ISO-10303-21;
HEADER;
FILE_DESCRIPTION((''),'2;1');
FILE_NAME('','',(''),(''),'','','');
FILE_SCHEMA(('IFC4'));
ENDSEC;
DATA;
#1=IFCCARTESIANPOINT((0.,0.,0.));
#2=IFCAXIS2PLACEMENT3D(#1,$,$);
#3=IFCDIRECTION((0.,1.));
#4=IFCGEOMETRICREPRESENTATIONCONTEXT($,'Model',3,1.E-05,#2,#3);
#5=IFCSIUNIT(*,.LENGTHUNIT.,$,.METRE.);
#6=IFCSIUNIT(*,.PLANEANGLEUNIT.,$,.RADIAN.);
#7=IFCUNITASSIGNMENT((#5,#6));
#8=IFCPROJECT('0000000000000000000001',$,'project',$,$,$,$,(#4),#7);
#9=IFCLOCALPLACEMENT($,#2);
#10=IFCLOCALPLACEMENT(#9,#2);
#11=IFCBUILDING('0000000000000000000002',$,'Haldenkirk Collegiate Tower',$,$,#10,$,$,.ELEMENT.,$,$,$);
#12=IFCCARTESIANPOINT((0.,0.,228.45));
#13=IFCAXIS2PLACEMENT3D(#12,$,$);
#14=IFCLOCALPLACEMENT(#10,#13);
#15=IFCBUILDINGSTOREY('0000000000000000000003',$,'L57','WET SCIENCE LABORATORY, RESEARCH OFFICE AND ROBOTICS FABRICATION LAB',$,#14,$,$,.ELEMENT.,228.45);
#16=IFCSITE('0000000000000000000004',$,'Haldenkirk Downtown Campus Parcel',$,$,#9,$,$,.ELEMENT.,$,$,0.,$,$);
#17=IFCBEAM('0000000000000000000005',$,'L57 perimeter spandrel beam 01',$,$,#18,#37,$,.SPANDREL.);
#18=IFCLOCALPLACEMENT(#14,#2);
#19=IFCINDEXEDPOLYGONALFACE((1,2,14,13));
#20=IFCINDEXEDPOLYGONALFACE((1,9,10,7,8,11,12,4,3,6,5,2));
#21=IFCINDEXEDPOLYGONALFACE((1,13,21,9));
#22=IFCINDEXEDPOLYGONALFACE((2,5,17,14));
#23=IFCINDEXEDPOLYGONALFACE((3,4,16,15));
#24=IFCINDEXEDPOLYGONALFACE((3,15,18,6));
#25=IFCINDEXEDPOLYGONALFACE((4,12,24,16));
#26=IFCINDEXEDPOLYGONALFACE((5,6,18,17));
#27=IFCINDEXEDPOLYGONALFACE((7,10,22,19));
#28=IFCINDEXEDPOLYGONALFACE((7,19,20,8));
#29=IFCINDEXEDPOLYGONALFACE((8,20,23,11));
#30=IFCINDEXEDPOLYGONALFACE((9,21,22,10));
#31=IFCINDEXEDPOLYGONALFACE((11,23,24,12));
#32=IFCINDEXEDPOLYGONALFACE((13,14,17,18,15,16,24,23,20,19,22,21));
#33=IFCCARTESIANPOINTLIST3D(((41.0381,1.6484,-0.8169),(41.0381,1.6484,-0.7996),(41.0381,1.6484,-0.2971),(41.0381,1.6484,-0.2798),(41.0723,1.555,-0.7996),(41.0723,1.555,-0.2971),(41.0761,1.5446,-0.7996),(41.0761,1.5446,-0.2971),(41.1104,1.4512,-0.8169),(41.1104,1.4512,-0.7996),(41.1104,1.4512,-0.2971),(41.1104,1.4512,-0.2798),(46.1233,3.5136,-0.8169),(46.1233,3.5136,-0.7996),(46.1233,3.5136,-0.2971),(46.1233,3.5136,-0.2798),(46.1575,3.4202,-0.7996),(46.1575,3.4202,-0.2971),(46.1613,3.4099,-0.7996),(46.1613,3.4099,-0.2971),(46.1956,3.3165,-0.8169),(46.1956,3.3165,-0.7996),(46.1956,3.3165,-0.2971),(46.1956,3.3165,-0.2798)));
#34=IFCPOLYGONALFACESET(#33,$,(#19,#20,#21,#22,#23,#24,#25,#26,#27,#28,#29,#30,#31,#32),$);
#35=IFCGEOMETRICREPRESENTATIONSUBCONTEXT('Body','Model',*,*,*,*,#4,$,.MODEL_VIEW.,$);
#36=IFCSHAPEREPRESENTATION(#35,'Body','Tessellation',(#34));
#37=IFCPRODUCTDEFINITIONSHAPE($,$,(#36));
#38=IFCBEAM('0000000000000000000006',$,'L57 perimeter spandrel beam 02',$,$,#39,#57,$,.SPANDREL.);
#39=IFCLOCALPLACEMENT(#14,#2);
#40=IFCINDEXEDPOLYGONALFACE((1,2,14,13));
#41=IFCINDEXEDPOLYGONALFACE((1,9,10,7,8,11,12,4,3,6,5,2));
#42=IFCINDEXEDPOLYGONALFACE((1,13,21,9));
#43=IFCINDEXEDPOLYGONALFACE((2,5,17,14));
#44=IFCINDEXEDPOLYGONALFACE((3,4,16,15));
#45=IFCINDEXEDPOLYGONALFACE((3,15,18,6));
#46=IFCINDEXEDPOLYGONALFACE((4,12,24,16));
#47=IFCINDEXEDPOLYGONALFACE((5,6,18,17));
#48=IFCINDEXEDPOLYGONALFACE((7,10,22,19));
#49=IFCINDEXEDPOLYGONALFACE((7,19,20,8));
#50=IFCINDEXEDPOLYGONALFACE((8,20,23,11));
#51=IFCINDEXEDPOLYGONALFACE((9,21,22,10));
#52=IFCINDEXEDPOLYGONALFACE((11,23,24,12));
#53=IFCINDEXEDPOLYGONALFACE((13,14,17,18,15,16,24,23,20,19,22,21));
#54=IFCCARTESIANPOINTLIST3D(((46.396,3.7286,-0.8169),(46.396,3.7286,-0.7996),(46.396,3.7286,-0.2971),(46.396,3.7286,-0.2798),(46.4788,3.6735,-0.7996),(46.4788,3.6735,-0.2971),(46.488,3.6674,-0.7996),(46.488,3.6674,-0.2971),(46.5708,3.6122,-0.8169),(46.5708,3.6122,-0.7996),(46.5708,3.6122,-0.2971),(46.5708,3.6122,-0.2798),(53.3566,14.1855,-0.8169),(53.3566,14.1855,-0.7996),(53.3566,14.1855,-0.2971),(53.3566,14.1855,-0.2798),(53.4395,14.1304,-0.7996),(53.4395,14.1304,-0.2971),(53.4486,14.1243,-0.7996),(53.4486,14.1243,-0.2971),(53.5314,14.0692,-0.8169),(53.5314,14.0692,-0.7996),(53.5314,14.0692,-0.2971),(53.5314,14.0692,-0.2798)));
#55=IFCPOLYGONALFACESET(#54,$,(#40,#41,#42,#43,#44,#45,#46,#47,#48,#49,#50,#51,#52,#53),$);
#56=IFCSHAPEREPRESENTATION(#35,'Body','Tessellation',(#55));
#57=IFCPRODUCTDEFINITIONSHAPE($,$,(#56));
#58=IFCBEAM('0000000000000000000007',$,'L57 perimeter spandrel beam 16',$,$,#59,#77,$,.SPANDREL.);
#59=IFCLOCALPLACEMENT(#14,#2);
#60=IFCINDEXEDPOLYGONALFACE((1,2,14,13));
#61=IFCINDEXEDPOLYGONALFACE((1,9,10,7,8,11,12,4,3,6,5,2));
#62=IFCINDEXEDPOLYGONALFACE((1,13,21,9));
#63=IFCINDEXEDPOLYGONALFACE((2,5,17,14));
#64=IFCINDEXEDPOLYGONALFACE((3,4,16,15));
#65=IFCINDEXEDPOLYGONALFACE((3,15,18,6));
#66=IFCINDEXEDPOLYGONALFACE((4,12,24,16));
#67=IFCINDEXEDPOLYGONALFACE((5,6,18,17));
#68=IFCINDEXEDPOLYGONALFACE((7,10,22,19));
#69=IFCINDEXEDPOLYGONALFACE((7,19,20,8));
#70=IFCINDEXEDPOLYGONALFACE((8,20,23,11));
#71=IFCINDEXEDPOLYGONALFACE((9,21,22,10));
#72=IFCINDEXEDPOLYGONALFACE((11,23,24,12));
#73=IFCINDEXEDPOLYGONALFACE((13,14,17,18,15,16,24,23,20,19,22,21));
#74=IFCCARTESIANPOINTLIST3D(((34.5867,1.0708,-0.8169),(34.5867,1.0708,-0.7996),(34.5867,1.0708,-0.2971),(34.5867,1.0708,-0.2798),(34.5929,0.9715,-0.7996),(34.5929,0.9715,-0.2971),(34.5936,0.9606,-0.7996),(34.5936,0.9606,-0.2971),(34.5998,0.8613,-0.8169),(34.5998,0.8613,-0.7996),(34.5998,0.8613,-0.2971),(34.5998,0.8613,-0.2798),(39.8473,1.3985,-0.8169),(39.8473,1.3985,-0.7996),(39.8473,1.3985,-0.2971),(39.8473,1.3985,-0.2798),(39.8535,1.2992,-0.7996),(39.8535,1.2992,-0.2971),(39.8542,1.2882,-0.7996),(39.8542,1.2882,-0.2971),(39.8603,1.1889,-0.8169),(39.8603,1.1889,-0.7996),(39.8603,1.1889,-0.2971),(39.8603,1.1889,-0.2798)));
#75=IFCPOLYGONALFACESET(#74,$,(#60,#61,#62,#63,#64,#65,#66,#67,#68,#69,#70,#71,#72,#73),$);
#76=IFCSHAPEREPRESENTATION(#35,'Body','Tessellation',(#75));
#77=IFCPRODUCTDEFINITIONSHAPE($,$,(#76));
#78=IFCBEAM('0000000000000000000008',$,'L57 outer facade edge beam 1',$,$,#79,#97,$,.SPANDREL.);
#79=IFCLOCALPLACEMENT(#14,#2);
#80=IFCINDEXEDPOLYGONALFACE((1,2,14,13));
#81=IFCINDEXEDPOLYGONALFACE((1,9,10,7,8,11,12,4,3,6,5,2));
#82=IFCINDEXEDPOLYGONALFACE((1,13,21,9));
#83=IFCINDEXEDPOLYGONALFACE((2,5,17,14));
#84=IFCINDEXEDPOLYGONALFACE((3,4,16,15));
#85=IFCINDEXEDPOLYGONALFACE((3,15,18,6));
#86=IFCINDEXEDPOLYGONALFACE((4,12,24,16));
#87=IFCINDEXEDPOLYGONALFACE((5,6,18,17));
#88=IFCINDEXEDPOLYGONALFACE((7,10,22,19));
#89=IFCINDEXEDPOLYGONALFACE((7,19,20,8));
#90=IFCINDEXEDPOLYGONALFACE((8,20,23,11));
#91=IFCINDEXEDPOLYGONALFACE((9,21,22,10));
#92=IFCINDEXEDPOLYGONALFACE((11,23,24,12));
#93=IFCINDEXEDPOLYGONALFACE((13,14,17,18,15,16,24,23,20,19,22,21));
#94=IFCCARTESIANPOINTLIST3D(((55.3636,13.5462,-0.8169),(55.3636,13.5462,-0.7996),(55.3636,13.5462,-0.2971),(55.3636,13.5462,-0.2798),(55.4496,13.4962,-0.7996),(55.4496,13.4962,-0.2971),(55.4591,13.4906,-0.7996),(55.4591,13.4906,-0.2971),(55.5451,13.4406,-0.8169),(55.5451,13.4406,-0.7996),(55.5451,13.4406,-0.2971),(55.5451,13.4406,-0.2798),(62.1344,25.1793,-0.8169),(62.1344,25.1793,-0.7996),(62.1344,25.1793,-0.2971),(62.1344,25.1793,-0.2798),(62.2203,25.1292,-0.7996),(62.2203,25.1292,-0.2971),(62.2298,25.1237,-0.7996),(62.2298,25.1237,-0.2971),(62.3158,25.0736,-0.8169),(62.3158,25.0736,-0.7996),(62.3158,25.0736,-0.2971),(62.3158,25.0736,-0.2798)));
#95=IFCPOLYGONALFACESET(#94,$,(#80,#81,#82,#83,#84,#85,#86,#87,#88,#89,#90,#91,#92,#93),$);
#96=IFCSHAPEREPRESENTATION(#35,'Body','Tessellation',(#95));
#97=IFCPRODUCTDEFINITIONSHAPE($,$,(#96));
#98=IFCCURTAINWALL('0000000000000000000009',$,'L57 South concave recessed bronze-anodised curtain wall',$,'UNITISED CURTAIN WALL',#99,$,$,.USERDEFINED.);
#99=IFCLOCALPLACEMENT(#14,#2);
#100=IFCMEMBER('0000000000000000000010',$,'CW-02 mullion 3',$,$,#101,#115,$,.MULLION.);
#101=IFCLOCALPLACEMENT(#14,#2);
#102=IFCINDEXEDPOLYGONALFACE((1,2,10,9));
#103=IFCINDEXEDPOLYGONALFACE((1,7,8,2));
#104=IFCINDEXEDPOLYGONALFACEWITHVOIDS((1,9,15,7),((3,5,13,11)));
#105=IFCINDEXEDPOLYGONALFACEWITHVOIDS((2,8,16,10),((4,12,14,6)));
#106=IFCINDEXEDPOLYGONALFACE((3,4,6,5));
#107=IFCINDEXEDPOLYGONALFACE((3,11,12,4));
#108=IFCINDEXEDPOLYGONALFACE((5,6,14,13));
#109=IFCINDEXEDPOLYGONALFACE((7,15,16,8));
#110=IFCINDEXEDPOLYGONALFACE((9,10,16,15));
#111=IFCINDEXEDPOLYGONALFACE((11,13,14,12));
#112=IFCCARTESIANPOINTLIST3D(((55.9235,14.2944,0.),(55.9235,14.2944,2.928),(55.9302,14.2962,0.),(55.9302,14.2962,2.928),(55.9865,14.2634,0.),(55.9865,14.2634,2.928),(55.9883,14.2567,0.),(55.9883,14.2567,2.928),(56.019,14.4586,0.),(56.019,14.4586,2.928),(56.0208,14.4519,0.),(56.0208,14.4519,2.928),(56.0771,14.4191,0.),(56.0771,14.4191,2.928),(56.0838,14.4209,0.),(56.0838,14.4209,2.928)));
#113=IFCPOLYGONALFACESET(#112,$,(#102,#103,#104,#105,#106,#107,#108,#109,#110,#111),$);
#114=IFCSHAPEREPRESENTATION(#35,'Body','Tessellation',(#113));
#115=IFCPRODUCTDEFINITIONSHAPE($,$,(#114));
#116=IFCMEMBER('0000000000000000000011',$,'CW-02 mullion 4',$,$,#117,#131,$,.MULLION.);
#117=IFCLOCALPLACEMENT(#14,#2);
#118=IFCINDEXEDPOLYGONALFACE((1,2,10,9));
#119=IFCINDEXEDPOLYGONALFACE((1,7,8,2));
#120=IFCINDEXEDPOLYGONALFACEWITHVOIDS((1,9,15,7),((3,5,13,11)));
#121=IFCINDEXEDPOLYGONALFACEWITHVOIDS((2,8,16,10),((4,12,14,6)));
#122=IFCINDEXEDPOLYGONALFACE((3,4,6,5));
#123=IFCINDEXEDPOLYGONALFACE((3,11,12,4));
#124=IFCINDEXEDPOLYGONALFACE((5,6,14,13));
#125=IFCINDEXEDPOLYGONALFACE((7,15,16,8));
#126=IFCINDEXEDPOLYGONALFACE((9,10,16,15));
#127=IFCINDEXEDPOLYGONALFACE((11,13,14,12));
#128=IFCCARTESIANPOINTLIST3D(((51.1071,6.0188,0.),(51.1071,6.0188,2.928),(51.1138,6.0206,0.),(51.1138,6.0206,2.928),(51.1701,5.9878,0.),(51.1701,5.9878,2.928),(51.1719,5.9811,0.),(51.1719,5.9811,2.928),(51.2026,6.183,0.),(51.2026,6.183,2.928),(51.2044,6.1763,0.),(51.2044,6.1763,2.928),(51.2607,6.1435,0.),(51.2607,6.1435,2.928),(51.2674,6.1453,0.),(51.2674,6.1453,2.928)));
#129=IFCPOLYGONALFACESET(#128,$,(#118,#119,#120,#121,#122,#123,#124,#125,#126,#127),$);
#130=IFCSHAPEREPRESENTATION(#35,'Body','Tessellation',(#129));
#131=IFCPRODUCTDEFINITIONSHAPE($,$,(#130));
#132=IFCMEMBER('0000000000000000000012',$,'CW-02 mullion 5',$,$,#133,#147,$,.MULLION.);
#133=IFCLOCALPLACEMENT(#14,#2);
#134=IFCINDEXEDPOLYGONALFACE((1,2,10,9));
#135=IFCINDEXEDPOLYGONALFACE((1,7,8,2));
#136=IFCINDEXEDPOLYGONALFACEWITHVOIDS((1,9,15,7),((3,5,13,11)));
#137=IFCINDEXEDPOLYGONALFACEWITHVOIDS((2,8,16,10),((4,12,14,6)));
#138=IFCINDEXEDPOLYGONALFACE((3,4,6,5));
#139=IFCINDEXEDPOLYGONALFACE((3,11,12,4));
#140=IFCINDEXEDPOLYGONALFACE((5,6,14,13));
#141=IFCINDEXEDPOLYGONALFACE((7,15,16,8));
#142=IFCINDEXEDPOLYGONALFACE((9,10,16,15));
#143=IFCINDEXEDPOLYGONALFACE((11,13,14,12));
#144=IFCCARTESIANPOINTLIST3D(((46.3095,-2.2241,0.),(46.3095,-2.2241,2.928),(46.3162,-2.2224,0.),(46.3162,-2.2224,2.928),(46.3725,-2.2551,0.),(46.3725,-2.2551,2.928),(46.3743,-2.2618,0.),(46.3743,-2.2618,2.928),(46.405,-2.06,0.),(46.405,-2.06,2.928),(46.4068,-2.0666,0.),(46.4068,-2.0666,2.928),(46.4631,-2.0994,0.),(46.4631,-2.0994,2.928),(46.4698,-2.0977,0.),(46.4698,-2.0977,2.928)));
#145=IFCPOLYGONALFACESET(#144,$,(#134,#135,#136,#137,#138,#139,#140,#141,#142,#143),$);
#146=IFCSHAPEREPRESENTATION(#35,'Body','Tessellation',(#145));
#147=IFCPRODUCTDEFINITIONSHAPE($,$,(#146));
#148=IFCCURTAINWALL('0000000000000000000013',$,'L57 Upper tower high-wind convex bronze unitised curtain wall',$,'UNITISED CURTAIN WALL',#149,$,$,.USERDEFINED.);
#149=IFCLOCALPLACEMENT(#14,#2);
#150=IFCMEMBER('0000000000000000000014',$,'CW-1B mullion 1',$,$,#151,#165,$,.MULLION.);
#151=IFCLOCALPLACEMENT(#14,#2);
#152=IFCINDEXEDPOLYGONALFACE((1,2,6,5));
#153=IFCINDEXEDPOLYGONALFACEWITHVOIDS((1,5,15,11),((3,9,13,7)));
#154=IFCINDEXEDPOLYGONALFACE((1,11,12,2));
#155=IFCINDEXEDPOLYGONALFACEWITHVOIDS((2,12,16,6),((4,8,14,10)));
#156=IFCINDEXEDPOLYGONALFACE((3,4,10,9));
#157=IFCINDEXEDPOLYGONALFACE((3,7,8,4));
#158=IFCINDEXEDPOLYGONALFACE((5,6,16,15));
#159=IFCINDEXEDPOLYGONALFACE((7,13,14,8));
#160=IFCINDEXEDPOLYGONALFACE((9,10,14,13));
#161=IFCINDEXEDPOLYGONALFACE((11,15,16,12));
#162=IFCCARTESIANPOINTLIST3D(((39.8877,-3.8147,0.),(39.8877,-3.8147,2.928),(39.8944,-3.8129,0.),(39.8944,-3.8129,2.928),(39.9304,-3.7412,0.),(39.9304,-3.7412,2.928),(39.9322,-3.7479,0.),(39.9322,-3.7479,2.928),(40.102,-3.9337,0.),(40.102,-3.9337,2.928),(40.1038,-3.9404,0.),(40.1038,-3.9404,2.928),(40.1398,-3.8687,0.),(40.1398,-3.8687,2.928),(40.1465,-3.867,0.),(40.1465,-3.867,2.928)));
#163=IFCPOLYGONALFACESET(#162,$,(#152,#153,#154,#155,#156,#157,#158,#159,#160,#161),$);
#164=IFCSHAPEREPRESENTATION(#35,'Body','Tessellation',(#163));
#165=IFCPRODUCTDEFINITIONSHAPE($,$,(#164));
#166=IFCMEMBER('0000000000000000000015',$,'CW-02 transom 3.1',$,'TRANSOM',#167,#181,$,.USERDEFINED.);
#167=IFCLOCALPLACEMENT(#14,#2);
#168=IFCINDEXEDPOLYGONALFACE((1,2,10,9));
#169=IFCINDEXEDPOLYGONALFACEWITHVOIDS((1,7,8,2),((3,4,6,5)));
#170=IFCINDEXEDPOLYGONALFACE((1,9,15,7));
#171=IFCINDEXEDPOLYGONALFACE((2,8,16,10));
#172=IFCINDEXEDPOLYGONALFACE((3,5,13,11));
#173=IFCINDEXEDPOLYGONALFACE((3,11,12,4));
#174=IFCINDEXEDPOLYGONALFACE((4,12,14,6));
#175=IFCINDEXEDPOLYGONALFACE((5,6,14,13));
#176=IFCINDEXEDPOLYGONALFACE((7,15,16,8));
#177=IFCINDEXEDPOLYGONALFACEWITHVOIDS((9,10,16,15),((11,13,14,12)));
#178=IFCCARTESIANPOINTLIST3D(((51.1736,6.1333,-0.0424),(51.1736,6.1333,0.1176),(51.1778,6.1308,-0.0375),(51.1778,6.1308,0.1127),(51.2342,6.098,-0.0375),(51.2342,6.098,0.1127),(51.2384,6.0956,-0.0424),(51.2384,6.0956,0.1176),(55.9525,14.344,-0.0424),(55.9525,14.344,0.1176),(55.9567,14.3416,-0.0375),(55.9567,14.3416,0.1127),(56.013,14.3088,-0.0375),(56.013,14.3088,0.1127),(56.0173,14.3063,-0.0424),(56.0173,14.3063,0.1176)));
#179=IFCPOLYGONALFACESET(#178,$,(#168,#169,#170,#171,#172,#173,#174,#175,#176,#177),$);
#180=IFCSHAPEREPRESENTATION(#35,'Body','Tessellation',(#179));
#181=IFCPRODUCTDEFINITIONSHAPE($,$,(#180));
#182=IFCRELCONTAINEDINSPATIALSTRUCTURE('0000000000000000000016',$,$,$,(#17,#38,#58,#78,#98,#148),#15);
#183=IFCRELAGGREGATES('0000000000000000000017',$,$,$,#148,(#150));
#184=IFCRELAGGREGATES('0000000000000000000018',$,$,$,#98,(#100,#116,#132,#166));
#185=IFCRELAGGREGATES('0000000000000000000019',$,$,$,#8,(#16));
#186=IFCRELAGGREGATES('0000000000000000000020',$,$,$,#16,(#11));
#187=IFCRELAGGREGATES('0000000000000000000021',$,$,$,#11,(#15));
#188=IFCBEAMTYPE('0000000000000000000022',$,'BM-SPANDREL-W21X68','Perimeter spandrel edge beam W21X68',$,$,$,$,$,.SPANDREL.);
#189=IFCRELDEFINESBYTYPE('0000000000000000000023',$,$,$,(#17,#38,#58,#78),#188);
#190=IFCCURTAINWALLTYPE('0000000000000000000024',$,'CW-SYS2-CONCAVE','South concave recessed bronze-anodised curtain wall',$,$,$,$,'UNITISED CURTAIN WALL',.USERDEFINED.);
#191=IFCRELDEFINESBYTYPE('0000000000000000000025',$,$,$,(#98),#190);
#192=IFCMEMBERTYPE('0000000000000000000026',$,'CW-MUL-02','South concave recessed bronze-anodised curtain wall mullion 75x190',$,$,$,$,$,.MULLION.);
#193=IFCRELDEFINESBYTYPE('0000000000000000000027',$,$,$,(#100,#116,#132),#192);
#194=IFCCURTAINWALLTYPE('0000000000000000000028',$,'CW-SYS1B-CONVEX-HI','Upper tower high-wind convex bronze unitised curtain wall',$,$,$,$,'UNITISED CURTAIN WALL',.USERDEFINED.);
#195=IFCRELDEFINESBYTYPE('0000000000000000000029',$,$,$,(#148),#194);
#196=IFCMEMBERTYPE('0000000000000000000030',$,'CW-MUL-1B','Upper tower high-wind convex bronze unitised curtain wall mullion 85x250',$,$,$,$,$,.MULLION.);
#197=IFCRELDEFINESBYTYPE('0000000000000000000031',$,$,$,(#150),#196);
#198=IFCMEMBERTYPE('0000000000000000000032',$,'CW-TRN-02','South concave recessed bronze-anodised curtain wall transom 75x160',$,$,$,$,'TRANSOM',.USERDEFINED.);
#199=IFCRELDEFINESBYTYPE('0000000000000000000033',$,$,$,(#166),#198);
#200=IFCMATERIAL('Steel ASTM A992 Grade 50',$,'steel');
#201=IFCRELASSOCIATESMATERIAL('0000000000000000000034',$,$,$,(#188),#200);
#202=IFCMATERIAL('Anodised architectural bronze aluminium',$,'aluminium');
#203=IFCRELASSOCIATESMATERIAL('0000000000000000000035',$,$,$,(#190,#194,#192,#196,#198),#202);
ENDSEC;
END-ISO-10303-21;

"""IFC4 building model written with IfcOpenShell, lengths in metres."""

from ifc_helpers import new_model, si_unit, direction, frame, origin, origin_2d, place, context, subcontext, project, spatial, hollow_rectangle, i_section, extrude, material, material_profile, profile_set, type_object, element, aggregate, save


model = new_model("IFC4")

# Units and contexts
model_context = context("Model", 3, precision=1e-05, world=origin(), true_north=direction((0.0, 1.0)))
body_context = subcontext(model_context, "Body", "Model", "MODEL_VIEW")
ifc_project = project(units=[si_unit("LENGTHUNIT", "METRE"), si_unit("PLANEANGLEUNIT", "RADIAN")], contexts=[model_context])

# Site, building, storey
site_placement = place(None, origin())
site = spatial("IfcSite", under=ifc_project, at=site_placement, Name="Haldenkirk Downtown Campus Parcel", CompositionType="ELEMENT", RefElevation=0.0)
building_placement = place(site_placement, origin())
building = spatial("IfcBuilding", under=site, at=building_placement, Name="Haldenkirk Collegiate Tower", CompositionType="ELEMENT")
storey_placement = place(building_placement, frame((0.0, 0.0, 228.45)))
storey = spatial("IfcBuildingStorey", under=building, at=storey_placement, Name="L57", Description="WET SCIENCE LABORATORY, RESEARCH OFFICE AND ROBOTICS FABRICATION LAB", CompositionType="ELEMENT", Elevation=228.45)

# Beams
ifc_material_1 = material(Name="Steel ASTM A992 Grade 50", Category="steel")
ifc_material_profile_1 = material_profile(ifc_material_1, i_section(OverallWidth=0.21, OverallDepth=0.5371, WebThickness=0.011, FlangeThickness=0.0173, at=origin_2d()), Name="W21X68")
ifc_profile_set_1 = profile_set([ifc_material_profile_1], Name="Steel ASTM A992 Grade 50")
beam_type_1 = type_object("IfcBeamType", Name="BM-SPANDREL-W21X68", Description="Perimeter spandrel edge beam W21X68", PredefinedType="SPANDREL", material=ifc_profile_set_1)
beam_1_placement = place(storey_placement, frame((41.0742, 1.5498, -0.5483), z_axis=(0.938837, 0.344362, 0.0), x_axis=(-0.344362, 0.938837, 0.0)))
element("IfcBeam", 1, at=beam_1_placement, inside=storey, type_object=beam_type_1, Name="L57 perimeter spandrel beam 01", PredefinedType="SPANDREL", context=body_context, shape_type="SweptSolid", body=[
    extrude(i_section(OverallWidth=0.21, OverallDepth=0.5371, WebThickness=0.011, FlangeThickness=0.0173, at=origin_2d()), origin(), (0.0, 0.0, 1.0), 5.4165),
])
beam_2_placement = place(storey_placement, frame((46.4834, 3.6704, -0.5483), z_axis=(0.554113, 0.832442, 0.0), x_axis=(-0.832442, 0.554113, 0.0)))
element("IfcBeam", 2, at=beam_2_placement, inside=storey, type_object=beam_type_1, Name="L57 perimeter spandrel beam 02", PredefinedType="SPANDREL", context=body_context, shape_type="SweptSolid", body=[
    extrude(i_section(OverallWidth=0.21, OverallDepth=0.5371, WebThickness=0.011, FlangeThickness=0.0173, at=origin_2d()), origin(), (0.0, 0.0, 1.0), 12.5618),
])
beam_3_placement = place(storey_placement, frame((34.5933, 0.9661, -0.5483), z_axis=(0.998066, 0.062162, 0.0), x_axis=(-0.062162, 0.998066, 0.0)))
element("IfcBeam", 3, at=beam_3_placement, inside=storey, type_object=beam_type_1, Name="L57 perimeter spandrel beam 16", PredefinedType="SPANDREL", context=body_context, shape_type="SweptSolid", body=[
    extrude(i_section(OverallWidth=0.21, OverallDepth=0.5371, WebThickness=0.011, FlangeThickness=0.0173, at=origin_2d()), origin(), (0.0, 0.0, 1.0), 5.2708),
])
beam_4_placement = place(storey_placement, frame((55.4543, 13.4934, -0.5483), z_axis=(0.503028, 0.86427, 0.0), x_axis=(-0.86427, 0.503028, 0.0)))
element("IfcBeam", 4, at=beam_4_placement, inside=storey, type_object=beam_type_1, Name="L57 outer facade edge beam 1", PredefinedType="SPANDREL", context=body_context, shape_type="SweptSolid", body=[
    extrude(i_section(OverallWidth=0.21, OverallDepth=0.5371, WebThickness=0.011, FlangeThickness=0.0173, at=origin_2d()), origin(), (0.0, 0.0, 1.0), 13.46),
])

# Curtain wall, members
ifc_material_2 = material(Name="Anodised architectural bronze aluminium", Category="aluminium")
curtain_wall_type_1 = type_object("IfcCurtainWallType", Name="CW-SYS2-CONCAVE", Description="South concave recessed bronze-anodised curtain wall", ElementType="UNITISED CURTAIN WALL", PredefinedType="USERDEFINED", material=ifc_material_2)
curtain_wall_1_placement = place(storey_placement, origin())
curtain_wall_1 = element("IfcCurtainWall", 5, at=curtain_wall_1_placement, inside=storey, type_object=curtain_wall_type_1, Name="L57 South concave recessed bronze-anodised curtain wall", ObjectType="UNITISED CURTAIN WALL", PredefinedType="USERDEFINED")
ifc_material_profile_2 = material_profile(ifc_material_2, hollow_rectangle(XDim=0.075, YDim=0.1899, WallThickness=0.0049, at=origin_2d()), Name="CW-MUL-02")
ifc_profile_set_2 = profile_set([ifc_material_profile_2], Name="Anodised architectural bronze aluminium")
member_type_1 = type_object("IfcMemberType", Name="CW-MUL-02", Description="South concave recessed bronze-anodised curtain wall mullion 75x190", PredefinedType="MULLION", material=ifc_profile_set_2)
member_1_placement = place(storey_placement, frame((56.0037, 14.3577, 0.0), z_axis=(0.0, 0.0, 1.0), x_axis=(0.864276, -0.503019, 0.0)))
member_1 = element("IfcMember", 6, at=member_1_placement, type_object=member_type_1, Name="CW-02 mullion 3", PredefinedType="MULLION", context=body_context, shape_type="SweptSolid", body=[
    extrude(hollow_rectangle(XDim=0.075, YDim=0.1899, WallThickness=0.0049, at=origin_2d()), origin(), (0.0, 0.0, 1.0), 2.928),
])
member_2_placement = place(storey_placement, frame((51.1873, 6.082, 0.0), z_axis=(0.0, 0.0, 1.0), x_axis=(0.864276, -0.503019, 0.0)))
member_2 = element("IfcMember", 7, at=member_2_placement, type_object=member_type_1, Name="CW-02 mullion 4", PredefinedType="MULLION", context=body_context, shape_type="SweptSolid", body=[
    extrude(hollow_rectangle(XDim=0.075, YDim=0.1899, WallThickness=0.0049, at=origin_2d()), origin(), (0.0, 0.0, 1.0), 2.928),
])
member_3_placement = place(storey_placement, frame((46.3896, -2.1609, 0.0), z_axis=(0.0, 0.0, 1.0), x_axis=(0.864276, -0.503019, 0.0)))
member_3 = element("IfcMember", 8, at=member_3_placement, type_object=member_type_1, Name="CW-02 mullion 5", PredefinedType="MULLION", context=body_context, shape_type="SweptSolid", body=[
    extrude(hollow_rectangle(XDim=0.075, YDim=0.1899, WallThickness=0.0049, at=origin_2d()), origin(), (0.0, 0.0, 1.0), 2.928),
])

# Curtain wall, member
curtain_wall_type_2 = type_object("IfcCurtainWallType", Name="CW-SYS1B-CONVEX-HI", Description="Upper tower high-wind convex bronze unitised curtain wall", ElementType="UNITISED CURTAIN WALL", PredefinedType="USERDEFINED", material=ifc_material_2)
curtain_wall_2_placement = place(storey_placement, origin())
curtain_wall_2 = element("IfcCurtainWall", 9, at=curtain_wall_2_placement, inside=storey, type_object=curtain_wall_type_2, Name="L57 Upper tower high-wind convex bronze unitised curtain wall", ObjectType="UNITISED CURTAIN WALL", PredefinedType="USERDEFINED")
ifc_material_profile_3 = material_profile(ifc_material_2, hollow_rectangle(XDim=0.085, YDim=0.25, WallThickness=0.0049, at=origin_2d()), Name="CW-MUL-1B")
ifc_profile_set_3 = profile_set([ifc_material_profile_3], Name="Anodised architectural bronze aluminium")
member_type_2 = type_object("IfcMemberType", Name="CW-MUL-1B", Description="Upper tower high-wind convex bronze unitised curtain wall mullion 85x250", PredefinedType="MULLION", material=ifc_profile_set_3)
member_4_placement = place(storey_placement, frame((40.0171, -3.8408, 0.0), z_axis=(0.0, 0.0, 1.0), x_axis=(-0.503018, -0.864276, 0.0)))
member_4 = element("IfcMember", 10, at=member_4_placement, type_object=member_type_2, Name="CW-1B mullion 1", PredefinedType="MULLION", context=body_context, shape_type="SweptSolid", body=[
    extrude(hollow_rectangle(XDim=0.085, YDim=0.25, WallThickness=0.0049, at=origin_2d()), origin(), (0.0, 0.0, 1.0), 2.928),
])

# Member
ifc_material_profile_4 = material_profile(ifc_material_2, hollow_rectangle(XDim=0.075, YDim=0.1599, WallThickness=0.0049, at=origin_2d()), Name="CW-TRN-02")
ifc_profile_set_4 = profile_set([ifc_material_profile_4], Name="Anodised architectural bronze aluminium")
member_type_3 = type_object("IfcMemberType", Name="CW-TRN-02", Description="South concave recessed bronze-anodised curtain wall transom 75x160", ElementType="TRANSOM", PredefinedType="USERDEFINED", material=ifc_profile_set_4)
member_5_placement = place(storey_placement, frame((55.9849, 14.3252, 0.0376), z_axis=(-0.503026, -0.864272, 0.0), x_axis=(0.864272, -0.503026, 0.0)))
member_5 = element("IfcMember", 11, at=member_5_placement, type_object=member_type_3, Name="CW-02 transom 3.1", ObjectType="TRANSOM", PredefinedType="USERDEFINED", context=body_context, shape_type="SweptSolid", body=[
    extrude(hollow_rectangle(XDim=0.075, YDim=0.1599, WallThickness=0.0049, at=origin_2d()), origin(), (0.0, 0.0, 1.0), 9.5002),
])

aggregate(curtain_wall_2, [member_4])
aggregate(curtain_wall_1, [member_1, member_2, member_3, member_5])

save(model, "model.ifc")
